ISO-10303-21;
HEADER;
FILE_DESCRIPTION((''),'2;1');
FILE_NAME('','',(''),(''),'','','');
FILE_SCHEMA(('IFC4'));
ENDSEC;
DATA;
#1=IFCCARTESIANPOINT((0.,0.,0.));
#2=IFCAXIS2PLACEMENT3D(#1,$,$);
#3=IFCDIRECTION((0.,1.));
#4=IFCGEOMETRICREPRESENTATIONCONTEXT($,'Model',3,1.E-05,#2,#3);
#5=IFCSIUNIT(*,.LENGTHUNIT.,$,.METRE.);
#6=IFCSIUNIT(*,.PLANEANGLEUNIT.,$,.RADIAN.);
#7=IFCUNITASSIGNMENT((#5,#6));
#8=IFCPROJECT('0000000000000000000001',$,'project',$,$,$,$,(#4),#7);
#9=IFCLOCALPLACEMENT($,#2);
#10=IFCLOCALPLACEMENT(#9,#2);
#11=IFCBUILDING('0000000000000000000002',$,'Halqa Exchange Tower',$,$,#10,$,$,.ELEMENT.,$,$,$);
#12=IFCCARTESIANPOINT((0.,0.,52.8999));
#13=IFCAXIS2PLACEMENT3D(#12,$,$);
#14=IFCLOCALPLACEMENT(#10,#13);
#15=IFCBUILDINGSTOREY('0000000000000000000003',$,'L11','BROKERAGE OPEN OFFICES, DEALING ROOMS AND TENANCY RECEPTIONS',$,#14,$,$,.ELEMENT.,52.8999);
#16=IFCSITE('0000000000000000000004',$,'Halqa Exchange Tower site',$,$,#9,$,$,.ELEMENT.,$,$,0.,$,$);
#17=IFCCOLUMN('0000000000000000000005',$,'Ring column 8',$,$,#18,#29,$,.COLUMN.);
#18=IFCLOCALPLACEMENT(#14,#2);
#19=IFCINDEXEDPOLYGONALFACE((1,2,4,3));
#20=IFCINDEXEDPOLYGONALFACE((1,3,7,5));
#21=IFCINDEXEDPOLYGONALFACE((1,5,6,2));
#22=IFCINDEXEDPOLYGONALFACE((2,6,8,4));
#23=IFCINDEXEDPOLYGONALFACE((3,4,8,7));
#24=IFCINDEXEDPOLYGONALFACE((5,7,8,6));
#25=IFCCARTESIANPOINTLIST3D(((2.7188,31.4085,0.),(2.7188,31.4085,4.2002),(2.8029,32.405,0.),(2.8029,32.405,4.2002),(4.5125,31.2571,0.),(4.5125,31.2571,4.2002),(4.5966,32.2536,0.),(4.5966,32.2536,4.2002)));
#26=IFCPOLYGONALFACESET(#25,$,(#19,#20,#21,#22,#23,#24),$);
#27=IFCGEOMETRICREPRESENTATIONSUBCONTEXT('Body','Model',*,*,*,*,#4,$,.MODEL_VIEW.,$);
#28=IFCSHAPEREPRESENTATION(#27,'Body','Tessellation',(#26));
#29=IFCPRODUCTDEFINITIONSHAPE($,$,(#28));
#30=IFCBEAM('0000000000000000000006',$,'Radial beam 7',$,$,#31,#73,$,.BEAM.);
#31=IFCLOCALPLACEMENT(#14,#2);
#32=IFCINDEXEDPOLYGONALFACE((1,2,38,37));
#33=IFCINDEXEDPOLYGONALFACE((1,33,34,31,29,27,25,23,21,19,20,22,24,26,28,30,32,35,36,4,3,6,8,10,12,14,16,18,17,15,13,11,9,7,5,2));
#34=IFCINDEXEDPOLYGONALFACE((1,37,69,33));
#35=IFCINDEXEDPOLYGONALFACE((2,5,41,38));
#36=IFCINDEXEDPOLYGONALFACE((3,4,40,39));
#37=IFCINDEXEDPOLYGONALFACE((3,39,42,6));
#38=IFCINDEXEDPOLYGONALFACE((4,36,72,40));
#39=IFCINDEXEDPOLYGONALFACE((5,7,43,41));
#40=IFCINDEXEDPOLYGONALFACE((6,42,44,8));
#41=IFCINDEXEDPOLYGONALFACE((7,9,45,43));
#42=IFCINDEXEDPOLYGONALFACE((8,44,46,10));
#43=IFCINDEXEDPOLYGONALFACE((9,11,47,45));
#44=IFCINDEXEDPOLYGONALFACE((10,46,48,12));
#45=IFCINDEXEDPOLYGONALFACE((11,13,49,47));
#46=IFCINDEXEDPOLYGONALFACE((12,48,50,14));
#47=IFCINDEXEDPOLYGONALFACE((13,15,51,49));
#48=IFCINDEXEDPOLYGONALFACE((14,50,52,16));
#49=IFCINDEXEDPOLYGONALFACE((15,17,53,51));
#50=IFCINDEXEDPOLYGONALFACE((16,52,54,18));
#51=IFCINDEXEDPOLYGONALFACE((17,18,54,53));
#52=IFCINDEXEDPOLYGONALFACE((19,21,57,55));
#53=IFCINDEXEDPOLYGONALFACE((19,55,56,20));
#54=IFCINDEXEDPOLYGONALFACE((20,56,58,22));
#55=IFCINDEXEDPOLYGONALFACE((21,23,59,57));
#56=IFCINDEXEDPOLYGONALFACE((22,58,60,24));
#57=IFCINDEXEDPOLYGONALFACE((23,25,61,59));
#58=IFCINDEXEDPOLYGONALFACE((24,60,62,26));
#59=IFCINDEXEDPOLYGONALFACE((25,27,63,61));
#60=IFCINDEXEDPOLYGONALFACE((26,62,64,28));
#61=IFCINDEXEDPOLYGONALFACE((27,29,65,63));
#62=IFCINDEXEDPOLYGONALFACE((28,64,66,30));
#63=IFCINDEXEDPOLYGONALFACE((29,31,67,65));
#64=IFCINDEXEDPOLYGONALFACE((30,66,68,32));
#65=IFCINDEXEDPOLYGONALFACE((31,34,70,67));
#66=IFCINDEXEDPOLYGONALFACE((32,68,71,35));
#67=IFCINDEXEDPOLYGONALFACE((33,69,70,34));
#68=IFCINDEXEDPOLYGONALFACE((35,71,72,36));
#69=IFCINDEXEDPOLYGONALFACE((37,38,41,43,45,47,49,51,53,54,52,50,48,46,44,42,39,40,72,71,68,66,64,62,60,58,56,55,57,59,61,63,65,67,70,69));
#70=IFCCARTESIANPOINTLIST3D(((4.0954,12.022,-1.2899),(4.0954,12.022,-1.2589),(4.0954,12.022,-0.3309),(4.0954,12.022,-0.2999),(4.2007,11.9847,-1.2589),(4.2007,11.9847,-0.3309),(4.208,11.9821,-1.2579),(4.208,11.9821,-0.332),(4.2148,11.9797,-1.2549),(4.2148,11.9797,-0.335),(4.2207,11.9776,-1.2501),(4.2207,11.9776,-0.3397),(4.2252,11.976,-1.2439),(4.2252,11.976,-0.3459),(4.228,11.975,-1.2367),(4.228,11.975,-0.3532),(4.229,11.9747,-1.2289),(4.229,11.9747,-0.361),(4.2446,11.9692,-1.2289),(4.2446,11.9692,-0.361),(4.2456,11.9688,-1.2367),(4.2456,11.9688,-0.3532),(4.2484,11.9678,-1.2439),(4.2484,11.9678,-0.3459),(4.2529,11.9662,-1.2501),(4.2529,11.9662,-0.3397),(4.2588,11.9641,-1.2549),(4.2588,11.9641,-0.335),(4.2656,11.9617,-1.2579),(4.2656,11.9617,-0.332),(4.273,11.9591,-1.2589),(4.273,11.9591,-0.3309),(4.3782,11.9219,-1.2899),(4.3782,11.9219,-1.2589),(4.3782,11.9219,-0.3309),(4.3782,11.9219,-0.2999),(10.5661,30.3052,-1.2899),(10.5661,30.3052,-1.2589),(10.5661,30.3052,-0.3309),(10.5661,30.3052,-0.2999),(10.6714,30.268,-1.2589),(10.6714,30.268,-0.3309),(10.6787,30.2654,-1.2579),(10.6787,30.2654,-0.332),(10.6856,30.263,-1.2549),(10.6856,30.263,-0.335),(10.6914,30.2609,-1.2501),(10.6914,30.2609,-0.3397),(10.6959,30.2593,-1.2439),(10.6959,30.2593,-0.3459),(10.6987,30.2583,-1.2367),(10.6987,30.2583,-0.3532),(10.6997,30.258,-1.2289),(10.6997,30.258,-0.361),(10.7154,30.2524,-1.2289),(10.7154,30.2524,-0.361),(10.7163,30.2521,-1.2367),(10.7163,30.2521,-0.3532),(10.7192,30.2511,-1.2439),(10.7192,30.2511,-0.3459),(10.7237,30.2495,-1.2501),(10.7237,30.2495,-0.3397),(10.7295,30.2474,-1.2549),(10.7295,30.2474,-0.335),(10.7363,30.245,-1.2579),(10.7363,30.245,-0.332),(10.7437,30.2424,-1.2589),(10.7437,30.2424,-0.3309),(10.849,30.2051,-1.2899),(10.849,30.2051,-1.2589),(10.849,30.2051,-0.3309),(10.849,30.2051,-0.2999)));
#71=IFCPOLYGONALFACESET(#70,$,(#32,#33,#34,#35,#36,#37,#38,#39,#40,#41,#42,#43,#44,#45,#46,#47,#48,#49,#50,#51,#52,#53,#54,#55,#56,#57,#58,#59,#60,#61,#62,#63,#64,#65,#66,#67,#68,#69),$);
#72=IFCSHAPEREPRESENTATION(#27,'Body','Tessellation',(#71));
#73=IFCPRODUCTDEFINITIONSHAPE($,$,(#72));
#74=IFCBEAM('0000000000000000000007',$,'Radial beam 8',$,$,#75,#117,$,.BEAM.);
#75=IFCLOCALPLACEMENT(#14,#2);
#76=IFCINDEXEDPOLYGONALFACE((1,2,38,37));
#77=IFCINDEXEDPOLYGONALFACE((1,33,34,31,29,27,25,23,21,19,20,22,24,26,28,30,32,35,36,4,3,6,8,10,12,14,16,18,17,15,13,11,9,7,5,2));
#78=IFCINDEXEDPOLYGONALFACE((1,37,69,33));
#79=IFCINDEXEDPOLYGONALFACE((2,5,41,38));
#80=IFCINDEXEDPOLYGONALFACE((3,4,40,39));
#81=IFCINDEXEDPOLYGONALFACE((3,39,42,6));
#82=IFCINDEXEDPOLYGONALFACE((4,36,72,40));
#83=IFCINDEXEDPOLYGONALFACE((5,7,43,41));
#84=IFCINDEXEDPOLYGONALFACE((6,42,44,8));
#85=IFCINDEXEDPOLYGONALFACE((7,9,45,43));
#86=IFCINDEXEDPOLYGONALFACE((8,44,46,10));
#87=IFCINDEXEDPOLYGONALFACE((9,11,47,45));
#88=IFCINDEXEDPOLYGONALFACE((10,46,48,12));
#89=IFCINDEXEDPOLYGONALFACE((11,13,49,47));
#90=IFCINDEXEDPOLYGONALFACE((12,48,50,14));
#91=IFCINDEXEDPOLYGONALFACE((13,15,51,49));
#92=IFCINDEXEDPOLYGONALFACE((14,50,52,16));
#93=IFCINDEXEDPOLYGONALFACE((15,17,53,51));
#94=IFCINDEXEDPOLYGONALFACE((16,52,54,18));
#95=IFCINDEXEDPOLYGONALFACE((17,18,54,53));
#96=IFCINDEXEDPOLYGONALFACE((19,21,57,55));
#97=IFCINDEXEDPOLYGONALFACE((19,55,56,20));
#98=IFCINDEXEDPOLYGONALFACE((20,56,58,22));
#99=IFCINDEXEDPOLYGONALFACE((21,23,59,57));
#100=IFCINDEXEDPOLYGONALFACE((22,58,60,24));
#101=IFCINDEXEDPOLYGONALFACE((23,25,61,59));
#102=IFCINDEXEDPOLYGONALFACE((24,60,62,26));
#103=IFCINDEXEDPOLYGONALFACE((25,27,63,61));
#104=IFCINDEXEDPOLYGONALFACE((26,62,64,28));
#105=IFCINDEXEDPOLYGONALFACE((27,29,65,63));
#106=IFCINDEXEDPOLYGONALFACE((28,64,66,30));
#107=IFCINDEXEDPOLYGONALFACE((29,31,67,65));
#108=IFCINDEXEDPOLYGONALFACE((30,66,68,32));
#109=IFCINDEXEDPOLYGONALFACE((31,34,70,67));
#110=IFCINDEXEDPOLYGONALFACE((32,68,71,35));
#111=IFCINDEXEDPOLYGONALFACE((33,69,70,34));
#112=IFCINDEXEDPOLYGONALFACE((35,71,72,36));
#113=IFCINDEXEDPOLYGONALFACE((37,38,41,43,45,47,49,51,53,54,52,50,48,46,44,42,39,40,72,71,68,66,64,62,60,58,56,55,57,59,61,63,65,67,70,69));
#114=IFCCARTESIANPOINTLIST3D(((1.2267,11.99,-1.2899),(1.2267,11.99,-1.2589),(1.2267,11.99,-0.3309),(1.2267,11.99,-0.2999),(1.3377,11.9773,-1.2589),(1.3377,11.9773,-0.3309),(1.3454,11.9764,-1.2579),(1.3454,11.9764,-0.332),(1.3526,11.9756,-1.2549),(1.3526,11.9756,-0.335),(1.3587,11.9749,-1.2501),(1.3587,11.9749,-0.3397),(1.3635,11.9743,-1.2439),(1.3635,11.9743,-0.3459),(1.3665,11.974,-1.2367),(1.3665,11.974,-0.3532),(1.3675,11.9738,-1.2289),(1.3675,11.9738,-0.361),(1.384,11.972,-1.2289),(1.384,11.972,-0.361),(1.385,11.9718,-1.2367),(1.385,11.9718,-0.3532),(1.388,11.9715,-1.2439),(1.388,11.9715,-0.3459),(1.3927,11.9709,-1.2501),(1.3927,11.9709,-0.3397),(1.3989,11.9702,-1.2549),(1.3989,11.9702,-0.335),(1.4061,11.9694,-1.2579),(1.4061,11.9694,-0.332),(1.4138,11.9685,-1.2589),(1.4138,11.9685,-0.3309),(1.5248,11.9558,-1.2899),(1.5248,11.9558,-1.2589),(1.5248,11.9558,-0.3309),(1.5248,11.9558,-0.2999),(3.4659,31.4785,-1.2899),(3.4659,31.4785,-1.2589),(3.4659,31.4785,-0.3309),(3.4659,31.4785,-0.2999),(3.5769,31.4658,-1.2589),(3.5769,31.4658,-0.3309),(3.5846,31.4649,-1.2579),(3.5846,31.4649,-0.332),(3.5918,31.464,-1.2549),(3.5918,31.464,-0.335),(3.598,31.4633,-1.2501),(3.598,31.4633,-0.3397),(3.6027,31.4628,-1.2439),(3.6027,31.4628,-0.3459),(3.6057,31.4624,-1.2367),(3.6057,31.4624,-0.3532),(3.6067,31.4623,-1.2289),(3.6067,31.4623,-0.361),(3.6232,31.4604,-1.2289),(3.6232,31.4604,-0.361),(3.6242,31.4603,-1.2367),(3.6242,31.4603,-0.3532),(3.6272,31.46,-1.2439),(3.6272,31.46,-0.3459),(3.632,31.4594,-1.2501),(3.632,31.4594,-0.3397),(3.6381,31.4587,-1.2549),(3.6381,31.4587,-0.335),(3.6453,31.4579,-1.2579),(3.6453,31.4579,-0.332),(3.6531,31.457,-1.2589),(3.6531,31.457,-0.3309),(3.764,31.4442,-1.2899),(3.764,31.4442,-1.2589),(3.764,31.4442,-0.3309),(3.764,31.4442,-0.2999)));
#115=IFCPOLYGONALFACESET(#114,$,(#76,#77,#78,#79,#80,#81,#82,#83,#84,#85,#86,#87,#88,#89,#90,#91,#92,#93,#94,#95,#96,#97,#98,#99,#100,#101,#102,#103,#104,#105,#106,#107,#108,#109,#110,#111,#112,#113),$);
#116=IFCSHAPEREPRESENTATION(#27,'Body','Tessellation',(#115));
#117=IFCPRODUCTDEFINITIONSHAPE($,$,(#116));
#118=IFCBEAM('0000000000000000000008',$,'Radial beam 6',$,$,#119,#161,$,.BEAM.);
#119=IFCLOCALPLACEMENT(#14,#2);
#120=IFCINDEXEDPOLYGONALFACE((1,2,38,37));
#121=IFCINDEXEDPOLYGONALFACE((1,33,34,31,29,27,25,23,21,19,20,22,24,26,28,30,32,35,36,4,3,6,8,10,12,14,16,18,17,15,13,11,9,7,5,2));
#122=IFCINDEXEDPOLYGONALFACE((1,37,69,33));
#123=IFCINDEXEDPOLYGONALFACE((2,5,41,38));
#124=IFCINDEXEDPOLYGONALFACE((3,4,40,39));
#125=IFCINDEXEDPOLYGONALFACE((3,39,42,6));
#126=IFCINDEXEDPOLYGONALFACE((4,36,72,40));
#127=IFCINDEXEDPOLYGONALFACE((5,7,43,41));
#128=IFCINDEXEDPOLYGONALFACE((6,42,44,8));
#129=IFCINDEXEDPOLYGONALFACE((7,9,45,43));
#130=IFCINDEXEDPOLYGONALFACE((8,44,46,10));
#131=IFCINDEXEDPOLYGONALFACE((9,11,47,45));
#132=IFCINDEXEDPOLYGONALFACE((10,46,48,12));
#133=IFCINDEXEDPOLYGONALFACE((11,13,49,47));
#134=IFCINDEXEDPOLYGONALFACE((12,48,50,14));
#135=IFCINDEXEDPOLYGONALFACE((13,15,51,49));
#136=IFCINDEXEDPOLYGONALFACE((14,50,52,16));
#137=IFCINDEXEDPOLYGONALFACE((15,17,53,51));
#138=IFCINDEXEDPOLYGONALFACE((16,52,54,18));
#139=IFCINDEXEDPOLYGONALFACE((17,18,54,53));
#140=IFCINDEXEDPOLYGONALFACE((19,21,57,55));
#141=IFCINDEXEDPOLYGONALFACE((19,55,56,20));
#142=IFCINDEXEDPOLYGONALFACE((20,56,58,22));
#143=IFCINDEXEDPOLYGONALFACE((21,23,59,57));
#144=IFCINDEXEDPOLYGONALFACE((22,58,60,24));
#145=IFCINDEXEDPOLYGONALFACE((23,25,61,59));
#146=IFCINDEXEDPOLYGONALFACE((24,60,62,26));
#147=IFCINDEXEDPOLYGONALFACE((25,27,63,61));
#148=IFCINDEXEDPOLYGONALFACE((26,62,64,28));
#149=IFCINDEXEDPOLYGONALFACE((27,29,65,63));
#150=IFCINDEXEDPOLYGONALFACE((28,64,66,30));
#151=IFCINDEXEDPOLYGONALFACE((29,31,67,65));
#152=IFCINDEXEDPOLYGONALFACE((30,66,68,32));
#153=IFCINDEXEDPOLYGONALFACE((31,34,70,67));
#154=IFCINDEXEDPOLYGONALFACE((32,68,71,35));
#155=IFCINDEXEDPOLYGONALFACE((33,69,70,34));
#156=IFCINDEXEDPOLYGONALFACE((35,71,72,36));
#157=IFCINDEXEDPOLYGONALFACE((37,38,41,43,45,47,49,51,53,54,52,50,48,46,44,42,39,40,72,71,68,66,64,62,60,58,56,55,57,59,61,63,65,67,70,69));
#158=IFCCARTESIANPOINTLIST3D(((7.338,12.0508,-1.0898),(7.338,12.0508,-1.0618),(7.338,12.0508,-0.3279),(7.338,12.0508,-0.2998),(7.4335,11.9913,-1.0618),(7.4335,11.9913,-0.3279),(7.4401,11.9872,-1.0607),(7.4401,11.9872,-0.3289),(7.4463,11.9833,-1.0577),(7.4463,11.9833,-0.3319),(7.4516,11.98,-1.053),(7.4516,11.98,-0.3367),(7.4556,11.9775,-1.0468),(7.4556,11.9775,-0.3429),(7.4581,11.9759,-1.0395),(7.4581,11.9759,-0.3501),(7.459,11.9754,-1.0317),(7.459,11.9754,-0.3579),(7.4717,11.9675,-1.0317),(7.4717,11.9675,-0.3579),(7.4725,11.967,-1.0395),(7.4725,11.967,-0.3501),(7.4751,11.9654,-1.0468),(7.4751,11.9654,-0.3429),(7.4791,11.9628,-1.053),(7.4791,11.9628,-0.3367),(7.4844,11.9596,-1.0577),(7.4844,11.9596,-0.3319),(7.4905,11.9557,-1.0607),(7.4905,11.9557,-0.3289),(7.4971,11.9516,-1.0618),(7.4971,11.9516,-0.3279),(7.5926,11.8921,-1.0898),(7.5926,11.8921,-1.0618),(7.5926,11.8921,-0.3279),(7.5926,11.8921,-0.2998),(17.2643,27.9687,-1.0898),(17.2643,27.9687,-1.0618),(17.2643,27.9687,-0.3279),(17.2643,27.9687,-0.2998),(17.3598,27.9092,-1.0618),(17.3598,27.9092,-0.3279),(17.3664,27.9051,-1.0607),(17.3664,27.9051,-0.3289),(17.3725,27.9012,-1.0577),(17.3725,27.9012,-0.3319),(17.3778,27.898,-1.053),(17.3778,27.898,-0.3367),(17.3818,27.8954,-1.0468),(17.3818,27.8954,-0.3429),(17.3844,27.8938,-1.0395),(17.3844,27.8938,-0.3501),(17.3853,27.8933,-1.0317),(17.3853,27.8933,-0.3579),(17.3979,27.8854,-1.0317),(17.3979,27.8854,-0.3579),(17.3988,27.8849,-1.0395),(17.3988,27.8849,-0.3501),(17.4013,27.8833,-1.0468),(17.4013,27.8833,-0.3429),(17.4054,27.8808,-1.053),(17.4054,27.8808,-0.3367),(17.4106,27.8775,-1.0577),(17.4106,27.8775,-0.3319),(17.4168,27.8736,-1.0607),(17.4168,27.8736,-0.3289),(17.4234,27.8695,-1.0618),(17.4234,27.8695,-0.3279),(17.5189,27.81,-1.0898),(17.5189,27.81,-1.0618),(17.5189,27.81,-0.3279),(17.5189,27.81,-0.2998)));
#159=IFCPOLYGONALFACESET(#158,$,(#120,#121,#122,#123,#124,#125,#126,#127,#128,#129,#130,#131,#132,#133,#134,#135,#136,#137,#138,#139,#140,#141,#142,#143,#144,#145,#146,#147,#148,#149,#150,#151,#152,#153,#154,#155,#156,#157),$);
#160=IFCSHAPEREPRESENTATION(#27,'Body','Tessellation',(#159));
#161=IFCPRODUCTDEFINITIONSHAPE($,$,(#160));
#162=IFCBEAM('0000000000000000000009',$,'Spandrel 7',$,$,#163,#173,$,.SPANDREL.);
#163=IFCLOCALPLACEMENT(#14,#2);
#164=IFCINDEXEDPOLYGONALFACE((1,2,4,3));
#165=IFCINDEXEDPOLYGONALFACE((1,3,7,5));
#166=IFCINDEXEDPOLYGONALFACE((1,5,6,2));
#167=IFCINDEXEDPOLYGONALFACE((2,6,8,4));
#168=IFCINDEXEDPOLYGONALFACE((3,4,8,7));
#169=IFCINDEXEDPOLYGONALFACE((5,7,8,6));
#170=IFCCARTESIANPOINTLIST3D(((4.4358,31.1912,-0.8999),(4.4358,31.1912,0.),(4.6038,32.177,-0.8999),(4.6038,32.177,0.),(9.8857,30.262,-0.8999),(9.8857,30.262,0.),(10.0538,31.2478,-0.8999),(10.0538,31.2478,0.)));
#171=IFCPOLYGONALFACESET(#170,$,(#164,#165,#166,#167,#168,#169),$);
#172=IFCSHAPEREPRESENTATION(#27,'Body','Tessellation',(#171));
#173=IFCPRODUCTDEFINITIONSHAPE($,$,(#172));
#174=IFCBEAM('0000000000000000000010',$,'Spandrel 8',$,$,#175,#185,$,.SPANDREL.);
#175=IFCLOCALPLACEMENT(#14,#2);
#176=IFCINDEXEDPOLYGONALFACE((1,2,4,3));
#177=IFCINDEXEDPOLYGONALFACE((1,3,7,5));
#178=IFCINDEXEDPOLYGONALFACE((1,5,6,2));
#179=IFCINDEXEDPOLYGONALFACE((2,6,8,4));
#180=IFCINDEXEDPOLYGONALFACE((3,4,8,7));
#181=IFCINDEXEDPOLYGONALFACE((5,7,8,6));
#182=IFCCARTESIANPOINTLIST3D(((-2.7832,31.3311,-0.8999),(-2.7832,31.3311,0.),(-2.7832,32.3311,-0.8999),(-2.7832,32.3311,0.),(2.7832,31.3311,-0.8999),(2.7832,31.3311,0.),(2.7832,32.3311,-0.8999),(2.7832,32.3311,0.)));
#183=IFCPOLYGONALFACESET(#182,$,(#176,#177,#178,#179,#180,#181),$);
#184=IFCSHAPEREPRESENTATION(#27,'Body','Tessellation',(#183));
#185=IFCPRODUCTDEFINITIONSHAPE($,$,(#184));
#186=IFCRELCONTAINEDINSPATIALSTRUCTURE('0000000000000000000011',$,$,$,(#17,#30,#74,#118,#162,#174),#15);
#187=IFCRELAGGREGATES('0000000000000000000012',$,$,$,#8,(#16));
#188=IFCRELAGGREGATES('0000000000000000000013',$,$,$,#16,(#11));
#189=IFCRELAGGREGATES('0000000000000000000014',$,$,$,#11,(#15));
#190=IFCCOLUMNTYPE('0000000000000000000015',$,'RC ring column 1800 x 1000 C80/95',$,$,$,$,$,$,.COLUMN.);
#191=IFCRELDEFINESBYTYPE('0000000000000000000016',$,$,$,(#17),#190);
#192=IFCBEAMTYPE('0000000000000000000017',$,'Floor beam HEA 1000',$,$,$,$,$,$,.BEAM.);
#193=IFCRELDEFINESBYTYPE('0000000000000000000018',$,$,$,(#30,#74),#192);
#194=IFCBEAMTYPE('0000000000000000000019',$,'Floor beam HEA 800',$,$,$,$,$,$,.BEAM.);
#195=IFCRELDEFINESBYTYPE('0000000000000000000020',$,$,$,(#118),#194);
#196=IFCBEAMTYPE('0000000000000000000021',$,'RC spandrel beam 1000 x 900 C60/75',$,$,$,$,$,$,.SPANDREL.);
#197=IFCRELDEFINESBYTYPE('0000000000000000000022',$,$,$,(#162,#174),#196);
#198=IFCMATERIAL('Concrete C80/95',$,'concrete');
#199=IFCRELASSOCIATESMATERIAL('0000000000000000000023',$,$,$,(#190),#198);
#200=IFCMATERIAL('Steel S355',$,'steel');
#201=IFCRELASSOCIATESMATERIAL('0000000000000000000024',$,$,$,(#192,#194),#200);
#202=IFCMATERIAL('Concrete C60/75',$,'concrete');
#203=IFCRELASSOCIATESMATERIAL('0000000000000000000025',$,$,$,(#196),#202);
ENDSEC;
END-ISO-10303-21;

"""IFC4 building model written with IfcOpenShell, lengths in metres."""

from ifc_helpers import new_model, si_unit, direction, frame, origin, origin_2d, place, context, subcontext, project, spatial, rectangle, i_section, extrude, material, material_profile, profile_set, type_object, element, save


model = new_model("IFC4")

# Units and contexts
model_context = context("Model", 3, precision=1e-05, world=origin(), true_north=direction((0.0, 1.0)))
body_context = subcontext(model_context, "Body", "Model", "MODEL_VIEW")
ifc_project = project(units=[si_unit("LENGTHUNIT", "METRE"), si_unit("PLANEANGLEUNIT", "RADIAN")], contexts=[model_context])

# Site, building, storey
site_placement = place(None, origin())
site = spatial("IfcSite", under=ifc_project, at=site_placement, Name="Halqa Exchange Tower site", CompositionType="ELEMENT", RefElevation=0.0)
building_placement = place(site_placement, origin())
building = spatial("IfcBuilding", under=site, at=building_placement, Name="Halqa Exchange Tower", CompositionType="ELEMENT")
storey_placement = place(building_placement, frame((0.0, 0.0, 52.8999)))
storey = spatial("IfcBuildingStorey", under=building, at=storey_placement, Name="L11", Description="BROKERAGE OPEN OFFICES, DEALING ROOMS AND TENANCY RECEPTIONS", CompositionType="ELEMENT", Elevation=52.8999)

# Column
ifc_material_1 = material(Name="Concrete C80/95", Category="concrete")
ifc_material_profile_1 = material_profile(ifc_material_1, rectangle(XDim=1.8, YDim=1.0, at=origin_2d()), Name="1800 x 1000")
ifc_profile_set_1 = profile_set([ifc_material_profile_1], Name="Concrete C80/95")
column_type = type_object("IfcColumnType", Name="RC ring column 1800 x 1000 C80/95", PredefinedType="COLUMN", material=ifc_profile_set_1)
column_placement = place(storey_placement, frame((3.6577, 31.8311, 0.0), z_axis=(0.0, 0.0, 1.0), x_axis=(-0.996455, 0.084125, 0.0)))
element("IfcColumn", 1, at=column_placement, inside=storey, type_object=column_type, Name="Ring column 8", PredefinedType="COLUMN", context=body_context, shape_type="SweptSolid", body=[
    extrude(rectangle(XDim=1.8, YDim=1.0, at=origin_2d()), origin(), (0.0, 0.0, 1.0), 4.2002),
])

# Beams
ifc_material_2 = material(Name="Steel S355", Category="steel")
ifc_material_profile_2 = material_profile(ifc_material_2, i_section(OverallWidth=0.3, OverallDepth=0.99, WebThickness=0.0166, FlangeThickness=0.031, FilletRadius=0.03, at=origin_2d()), Name="HEA 1000")
ifc_profile_set_2 = profile_set([ifc_material_profile_2], Name="Steel S355")
beam_type_1 = type_object("IfcBeamType", Name="Floor beam HEA 1000", PredefinedType="BEAM", material=ifc_profile_set_2)
beam_1_placement = place(storey_placement, frame((4.2368, 11.9719, -0.7949), z_axis=(0.333636, 0.942702, 0.0), x_axis=(-0.942702, 0.333636, 0.0)))
element("IfcBeam", 2, at=beam_1_placement, inside=storey, type_object=beam_type_1, Name="Radial beam 7", PredefinedType="BEAM", context=body_context, shape_type="SweptSolid", body=[
    extrude(i_section(OverallWidth=0.3, OverallDepth=0.99, WebThickness=0.0166, FlangeThickness=0.031, FilletRadius=0.03, at=origin_2d()), origin(), (0.0, 0.0, 1.0), 19.3945),
])
beam_2_placement = place(storey_placement, frame((1.3757, 11.9729, -0.7949), z_axis=(0.11415, 0.993463, 0.0), x_axis=(-0.993463, 0.11415, 0.0)))
element("IfcBeam", 3, at=beam_2_placement, inside=storey, type_object=beam_type_1, Name="Radial beam 8", PredefinedType="BEAM", context=body_context, shape_type="SweptSolid", body=[
    extrude(i_section(OverallWidth=0.3, OverallDepth=0.99, WebThickness=0.0166, FlangeThickness=0.031, FilletRadius=0.03, at=origin_2d()), origin(), (0.0, 0.0, 1.0), 19.6167),
])
ifc_material_profile_3 = material_profile(ifc_material_2, i_section(OverallWidth=0.3, OverallDepth=0.79, WebThickness=0.0149, FlangeThickness=0.0281, FilletRadius=0.03, at=origin_2d()), Name="HEA 800")
ifc_profile_set_3 = profile_set([ifc_material_profile_3], Name="Steel S355")
beam_type_2 = type_object("IfcBeamType", Name="Floor beam HEA 800", PredefinedType="BEAM", material=ifc_profile_set_3)
beam_3_placement = place(storey_placement, frame((7.4653, 11.9714, -0.6948), z_axis=(0.529138, 0.848536, 0.0), x_axis=(-0.848536, 0.529138, 0.0)))
element("IfcBeam", 4, at=beam_3_placement, inside=storey, type_object=beam_type_2, Name="Radial beam 6", PredefinedType="BEAM", context=body_context, shape_type="SweptSolid", body=[
    extrude(i_section(OverallWidth=0.3, OverallDepth=0.79, WebThickness=0.0149, FlangeThickness=0.0281, FilletRadius=0.03, at=origin_2d()), origin(), (0.0, 0.0, 1.0), 18.7593),
])
ifc_material_3 = material(Name="Concrete C60/75", Category="concrete")
ifc_material_profile_4 = material_profile(ifc_material_3, rectangle(XDim=1.0, YDim=0.8999, at=origin_2d()), Name="1000 x 900")
ifc_profile_set_4 = profile_set([ifc_material_profile_4], Name="Concrete C60/75")
beam_type_3 = type_object("IfcBeamType", Name="RC spandrel beam 1000 x 900 C60/75", PredefinedType="SPANDREL", material=ifc_profile_set_4)
beam_4_placement = place(storey_placement, frame((9.9697, 30.7549, -0.45), z_axis=(-0.985775, 0.168071, 0.0), x_axis=(-0.168071, -0.985775, 0.0)))
element("IfcBeam", 5, at=beam_4_placement, inside=storey, type_object=beam_type_3, Name="Spandrel 7", PredefinedType="SPANDREL", context=body_context, shape_type="SweptSolid", body=[
    extrude(rectangle(XDim=1.0, YDim=0.8999, at=origin_2d()), origin(), (0.0, 0.0, 1.0), 5.5286),
])
beam_5_placement = place(storey_placement, frame((2.7832, 31.8311, -0.45), z_axis=(-1.0, 0.0, 0.0), x_axis=(0.0, -1.0, 0.0)))
element("IfcBeam", 6, at=beam_5_placement, inside=storey, type_object=beam_type_3, Name="Spandrel 8", PredefinedType="SPANDREL", context=body_context, shape_type="SweptSolid", body=[
    extrude(rectangle(XDim=1.0, YDim=0.8999, at=origin_2d()), origin(), (0.0, 0.0, 1.0), 5.5664),
])

save(model, "model.ifc")
